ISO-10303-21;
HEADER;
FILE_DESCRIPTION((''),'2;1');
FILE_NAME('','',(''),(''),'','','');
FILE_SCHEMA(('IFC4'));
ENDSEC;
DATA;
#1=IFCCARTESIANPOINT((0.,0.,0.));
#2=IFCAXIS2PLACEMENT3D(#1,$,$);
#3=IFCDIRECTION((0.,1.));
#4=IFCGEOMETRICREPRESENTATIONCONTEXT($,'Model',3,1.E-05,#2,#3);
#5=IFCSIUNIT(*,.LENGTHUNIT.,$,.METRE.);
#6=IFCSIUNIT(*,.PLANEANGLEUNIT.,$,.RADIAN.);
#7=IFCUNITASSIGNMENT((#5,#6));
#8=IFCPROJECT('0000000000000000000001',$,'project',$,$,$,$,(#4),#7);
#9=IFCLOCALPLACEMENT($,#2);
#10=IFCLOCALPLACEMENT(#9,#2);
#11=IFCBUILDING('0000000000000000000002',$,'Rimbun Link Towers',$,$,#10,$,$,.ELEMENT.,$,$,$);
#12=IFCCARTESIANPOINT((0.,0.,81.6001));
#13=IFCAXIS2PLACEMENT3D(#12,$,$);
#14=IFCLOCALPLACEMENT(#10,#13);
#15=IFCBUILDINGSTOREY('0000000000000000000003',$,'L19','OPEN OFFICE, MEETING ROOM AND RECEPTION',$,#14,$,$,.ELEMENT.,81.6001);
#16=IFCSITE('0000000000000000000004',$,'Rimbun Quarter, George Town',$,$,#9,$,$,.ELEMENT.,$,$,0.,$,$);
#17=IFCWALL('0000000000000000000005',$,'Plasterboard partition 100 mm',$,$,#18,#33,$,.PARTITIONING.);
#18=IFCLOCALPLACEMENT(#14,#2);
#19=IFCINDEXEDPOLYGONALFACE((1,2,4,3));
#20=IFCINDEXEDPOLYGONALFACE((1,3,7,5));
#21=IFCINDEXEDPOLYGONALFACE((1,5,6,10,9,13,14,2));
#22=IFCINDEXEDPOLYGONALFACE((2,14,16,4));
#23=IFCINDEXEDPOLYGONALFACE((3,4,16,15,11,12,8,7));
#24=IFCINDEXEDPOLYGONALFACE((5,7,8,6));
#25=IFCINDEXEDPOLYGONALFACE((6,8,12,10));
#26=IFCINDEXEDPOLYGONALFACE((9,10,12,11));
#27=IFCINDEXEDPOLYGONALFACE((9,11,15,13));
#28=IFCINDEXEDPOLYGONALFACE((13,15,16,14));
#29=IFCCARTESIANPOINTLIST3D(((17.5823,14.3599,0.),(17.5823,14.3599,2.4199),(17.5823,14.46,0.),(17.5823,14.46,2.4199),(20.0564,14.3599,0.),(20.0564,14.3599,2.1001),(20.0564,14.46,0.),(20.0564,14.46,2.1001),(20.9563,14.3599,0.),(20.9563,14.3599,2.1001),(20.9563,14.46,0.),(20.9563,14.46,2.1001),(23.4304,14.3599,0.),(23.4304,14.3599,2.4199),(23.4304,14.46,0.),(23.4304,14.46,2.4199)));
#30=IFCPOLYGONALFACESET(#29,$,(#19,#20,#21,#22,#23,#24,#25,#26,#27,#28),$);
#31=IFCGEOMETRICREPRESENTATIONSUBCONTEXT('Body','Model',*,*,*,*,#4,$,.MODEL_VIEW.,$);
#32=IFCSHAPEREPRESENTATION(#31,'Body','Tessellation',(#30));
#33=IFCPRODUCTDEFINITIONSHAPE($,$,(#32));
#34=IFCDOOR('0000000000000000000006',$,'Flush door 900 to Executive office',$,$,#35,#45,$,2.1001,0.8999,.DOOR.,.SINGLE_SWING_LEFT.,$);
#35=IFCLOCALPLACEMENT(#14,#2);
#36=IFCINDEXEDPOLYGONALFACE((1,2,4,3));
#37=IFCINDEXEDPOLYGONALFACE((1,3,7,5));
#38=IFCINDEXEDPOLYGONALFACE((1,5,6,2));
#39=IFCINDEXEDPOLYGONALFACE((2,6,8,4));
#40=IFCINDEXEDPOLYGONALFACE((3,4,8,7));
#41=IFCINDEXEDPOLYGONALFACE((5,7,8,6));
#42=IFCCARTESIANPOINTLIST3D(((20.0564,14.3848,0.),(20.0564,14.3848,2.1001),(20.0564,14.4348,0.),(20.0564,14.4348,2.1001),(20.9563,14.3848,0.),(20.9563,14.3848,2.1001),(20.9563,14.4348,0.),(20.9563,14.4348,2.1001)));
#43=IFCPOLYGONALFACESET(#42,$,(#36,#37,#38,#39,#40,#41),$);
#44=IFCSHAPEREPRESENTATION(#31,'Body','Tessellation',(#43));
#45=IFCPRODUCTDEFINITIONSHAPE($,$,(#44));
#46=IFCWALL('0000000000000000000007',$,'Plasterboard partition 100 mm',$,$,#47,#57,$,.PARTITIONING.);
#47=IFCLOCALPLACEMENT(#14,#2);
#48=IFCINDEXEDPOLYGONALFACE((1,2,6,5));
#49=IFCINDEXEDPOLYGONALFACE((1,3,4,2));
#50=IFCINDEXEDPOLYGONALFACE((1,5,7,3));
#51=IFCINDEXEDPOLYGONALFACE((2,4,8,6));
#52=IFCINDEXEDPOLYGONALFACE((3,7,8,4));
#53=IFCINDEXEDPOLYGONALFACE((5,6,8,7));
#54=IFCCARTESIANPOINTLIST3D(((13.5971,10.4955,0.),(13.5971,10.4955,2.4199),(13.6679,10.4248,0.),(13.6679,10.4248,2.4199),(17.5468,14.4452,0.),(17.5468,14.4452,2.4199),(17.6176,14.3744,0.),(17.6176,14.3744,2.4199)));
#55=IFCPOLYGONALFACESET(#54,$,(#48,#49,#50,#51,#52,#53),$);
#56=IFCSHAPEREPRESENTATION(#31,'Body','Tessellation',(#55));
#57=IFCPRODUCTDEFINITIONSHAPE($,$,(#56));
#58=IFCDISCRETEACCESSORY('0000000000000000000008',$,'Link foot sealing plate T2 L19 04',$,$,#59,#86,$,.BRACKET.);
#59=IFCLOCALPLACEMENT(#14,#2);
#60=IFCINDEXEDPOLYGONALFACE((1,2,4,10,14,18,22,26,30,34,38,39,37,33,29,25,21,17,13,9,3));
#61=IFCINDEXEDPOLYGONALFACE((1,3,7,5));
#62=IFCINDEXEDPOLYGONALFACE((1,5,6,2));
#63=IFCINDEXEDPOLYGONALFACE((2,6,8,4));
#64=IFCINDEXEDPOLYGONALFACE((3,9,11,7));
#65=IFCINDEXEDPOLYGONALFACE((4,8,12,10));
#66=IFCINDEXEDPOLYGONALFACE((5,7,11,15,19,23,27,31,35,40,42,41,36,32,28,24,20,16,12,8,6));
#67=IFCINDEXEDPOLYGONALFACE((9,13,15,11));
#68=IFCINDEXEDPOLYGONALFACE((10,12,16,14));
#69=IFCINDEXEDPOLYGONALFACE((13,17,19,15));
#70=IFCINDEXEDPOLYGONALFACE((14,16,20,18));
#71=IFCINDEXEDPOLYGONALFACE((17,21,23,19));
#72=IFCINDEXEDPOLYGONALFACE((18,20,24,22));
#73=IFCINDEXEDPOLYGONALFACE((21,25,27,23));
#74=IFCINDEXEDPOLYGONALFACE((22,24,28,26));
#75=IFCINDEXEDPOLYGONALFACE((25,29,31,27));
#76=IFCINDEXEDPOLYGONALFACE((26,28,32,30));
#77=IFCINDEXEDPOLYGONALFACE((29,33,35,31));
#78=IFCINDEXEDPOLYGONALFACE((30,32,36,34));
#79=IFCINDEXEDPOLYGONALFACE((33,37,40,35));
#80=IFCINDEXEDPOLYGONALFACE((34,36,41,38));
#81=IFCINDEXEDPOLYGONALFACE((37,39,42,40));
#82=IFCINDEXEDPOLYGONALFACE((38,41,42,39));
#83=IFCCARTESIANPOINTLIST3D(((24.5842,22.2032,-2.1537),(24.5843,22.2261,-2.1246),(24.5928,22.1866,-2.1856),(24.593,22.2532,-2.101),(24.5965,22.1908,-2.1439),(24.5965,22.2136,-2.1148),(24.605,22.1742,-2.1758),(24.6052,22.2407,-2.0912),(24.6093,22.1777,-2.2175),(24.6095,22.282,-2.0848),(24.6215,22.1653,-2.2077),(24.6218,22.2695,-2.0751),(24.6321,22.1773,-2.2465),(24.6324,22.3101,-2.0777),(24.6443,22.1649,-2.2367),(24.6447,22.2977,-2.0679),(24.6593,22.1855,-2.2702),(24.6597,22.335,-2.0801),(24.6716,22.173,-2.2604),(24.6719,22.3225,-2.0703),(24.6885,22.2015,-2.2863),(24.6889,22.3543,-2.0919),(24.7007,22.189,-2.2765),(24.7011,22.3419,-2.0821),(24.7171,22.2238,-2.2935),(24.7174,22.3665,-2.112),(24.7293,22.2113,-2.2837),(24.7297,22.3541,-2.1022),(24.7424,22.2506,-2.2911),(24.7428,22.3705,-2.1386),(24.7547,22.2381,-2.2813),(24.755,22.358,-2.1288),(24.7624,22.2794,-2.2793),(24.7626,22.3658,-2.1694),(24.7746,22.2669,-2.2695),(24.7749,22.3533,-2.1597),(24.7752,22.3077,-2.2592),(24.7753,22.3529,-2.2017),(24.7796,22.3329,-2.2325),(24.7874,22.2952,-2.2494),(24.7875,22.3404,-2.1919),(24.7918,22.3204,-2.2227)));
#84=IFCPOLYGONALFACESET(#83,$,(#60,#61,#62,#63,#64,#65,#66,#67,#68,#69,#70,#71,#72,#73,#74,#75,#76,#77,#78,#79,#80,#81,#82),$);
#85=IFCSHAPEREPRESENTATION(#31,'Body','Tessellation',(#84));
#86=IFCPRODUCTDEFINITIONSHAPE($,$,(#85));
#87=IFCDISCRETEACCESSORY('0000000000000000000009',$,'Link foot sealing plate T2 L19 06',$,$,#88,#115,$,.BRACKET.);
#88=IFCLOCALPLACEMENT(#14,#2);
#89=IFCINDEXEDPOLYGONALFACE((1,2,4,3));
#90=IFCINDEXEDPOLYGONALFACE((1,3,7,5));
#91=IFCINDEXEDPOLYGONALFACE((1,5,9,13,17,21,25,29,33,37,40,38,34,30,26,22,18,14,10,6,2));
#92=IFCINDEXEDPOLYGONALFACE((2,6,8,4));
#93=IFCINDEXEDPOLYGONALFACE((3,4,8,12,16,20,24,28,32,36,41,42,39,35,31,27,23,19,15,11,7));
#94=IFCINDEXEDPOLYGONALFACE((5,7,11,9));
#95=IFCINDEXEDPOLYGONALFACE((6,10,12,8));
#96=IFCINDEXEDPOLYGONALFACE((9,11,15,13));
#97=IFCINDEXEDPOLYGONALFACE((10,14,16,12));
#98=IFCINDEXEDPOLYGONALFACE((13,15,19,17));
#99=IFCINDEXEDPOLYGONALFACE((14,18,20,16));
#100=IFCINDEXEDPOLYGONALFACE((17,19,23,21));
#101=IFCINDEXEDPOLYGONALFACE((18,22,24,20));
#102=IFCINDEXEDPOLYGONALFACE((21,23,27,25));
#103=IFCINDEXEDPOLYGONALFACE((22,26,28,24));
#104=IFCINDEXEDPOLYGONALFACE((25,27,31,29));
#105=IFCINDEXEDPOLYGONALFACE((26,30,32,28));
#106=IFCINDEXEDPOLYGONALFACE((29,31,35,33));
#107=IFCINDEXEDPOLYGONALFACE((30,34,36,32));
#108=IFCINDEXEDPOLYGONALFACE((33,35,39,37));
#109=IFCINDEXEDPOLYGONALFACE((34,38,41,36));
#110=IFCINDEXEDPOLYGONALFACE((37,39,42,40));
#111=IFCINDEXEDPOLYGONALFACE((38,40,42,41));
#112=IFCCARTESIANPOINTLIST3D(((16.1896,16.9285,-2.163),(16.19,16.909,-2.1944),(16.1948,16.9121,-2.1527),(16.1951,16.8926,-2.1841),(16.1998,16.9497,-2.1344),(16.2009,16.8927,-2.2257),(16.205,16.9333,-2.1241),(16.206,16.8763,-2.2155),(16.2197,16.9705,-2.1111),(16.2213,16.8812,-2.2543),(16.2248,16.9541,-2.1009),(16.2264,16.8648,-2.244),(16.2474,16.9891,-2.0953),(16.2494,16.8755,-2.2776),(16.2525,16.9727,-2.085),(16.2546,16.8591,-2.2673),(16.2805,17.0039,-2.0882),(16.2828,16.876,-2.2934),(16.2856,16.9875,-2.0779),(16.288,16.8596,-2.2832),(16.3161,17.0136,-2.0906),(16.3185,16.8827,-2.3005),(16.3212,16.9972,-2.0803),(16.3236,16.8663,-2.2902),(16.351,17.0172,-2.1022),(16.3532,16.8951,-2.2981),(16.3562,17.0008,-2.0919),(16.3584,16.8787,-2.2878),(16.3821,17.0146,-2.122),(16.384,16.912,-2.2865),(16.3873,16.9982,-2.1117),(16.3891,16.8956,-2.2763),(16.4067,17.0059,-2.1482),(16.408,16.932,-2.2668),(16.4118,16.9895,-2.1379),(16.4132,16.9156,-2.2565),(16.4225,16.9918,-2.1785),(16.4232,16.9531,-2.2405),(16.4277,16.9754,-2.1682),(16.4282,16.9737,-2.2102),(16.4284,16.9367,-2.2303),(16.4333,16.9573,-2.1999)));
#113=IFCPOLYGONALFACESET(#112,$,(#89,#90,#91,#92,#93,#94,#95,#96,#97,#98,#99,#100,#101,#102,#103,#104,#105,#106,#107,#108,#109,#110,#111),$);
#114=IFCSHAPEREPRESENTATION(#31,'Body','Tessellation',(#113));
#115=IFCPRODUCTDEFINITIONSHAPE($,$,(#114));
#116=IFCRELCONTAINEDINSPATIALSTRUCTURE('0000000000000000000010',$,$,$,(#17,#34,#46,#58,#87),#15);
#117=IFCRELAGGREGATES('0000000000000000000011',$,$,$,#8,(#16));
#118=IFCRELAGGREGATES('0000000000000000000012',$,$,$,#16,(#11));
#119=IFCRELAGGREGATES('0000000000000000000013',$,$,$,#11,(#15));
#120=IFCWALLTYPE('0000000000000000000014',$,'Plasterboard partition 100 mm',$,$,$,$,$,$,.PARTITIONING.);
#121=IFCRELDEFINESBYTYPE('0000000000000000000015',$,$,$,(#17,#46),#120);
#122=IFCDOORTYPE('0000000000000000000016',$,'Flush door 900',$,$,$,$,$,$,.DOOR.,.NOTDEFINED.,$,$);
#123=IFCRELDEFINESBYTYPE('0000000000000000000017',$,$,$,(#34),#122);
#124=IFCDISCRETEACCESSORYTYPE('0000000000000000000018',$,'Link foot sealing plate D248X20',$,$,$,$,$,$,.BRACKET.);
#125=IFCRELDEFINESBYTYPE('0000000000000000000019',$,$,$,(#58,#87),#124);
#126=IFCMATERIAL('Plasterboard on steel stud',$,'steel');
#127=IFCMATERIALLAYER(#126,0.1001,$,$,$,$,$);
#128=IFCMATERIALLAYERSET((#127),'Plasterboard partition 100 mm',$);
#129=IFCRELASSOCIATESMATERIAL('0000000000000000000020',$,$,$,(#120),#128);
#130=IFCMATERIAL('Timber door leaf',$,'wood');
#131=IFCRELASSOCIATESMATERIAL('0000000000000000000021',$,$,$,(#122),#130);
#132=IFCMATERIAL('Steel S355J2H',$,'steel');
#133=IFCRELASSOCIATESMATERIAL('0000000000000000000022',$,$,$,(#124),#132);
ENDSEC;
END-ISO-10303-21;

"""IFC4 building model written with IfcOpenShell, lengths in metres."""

from ifc_helpers import new_model, si_unit, direction, frame, frame_2d, origin, origin_2d, place, context, subcontext, project, spatial, rectangle, circle, extrude, material, layer, layer_set, material_profile, profile_set, type_object, element, fill, save


model = new_model("IFC4")

# Units and contexts
model_context = context("Model", 3, precision=1e-05, world=origin(), true_north=direction((0.0, 1.0)))
body_context = subcontext(model_context, "Body", "Model", "MODEL_VIEW")
ifc_project = project(units=[si_unit("LENGTHUNIT", "METRE"), si_unit("PLANEANGLEUNIT", "RADIAN")], contexts=[model_context])

# Site, building, storey
site_placement = place(None, origin())
site = spatial("IfcSite", under=ifc_project, at=site_placement, Name="Rimbun Quarter, George Town", CompositionType="ELEMENT", RefElevation=0.0)
building_placement = place(site_placement, origin())
building = spatial("IfcBuilding", under=site, at=building_placement, Name="Rimbun Link Towers", CompositionType="ELEMENT")
storey_placement = place(building_placement, frame((0.0, 0.0, 81.6001)))
storey = spatial("IfcBuildingStorey", under=building, at=storey_placement, Name="L19", Description="OPEN OFFICE, MEETING ROOM AND RECEPTION", CompositionType="ELEMENT", Elevation=81.6001)

# Wall, opening, door
ifc_material_1 = material(Name="Plasterboard on steel stud", Category="steel")
ifc_layer_1 = layer(ifc_material_1, 0.1001)
ifc_layer_set_1 = layer_set([ifc_layer_1], Name="Plasterboard partition 100 mm")
wall_type = type_object("IfcWallType", Name="Plasterboard partition 100 mm", PredefinedType="PARTITIONING", material=ifc_layer_set_1)
wall_1_placement = place(storey_placement, frame((17.5823, 14.4099, 0.0), z_axis=(0.0, 0.0, 1.0), x_axis=(1.0, 0.0, 0.0)))
wall_1 = element("IfcWall", 1, at=wall_1_placement, inside=storey, type_object=wall_type, Name="Plasterboard partition 100 mm", PredefinedType="PARTITIONING", context=body_context, shape_type="SweptSolid", body=[
    extrude(rectangle(XDim=5.8481, YDim=0.1001, at=frame_2d((2.9241, 0.0))), origin(), (0.0, 0.0, 1.0), 2.4199),
])
opening_placement = place(wall_1_placement, frame((2.4741, 0.0, 0.0)))
opening = element("IfcOpeningElement", 2, at=opening_placement, cuts=wall_1, PredefinedType="OPENING", context=body_context, shape_type="SweptSolid", body=[
    extrude(rectangle(XDim=0.8999, YDim=2.1001, at=frame_2d((0.45, 1.05))), frame((0.0, 0.0601, 0.0), z_axis=(0.0, -1.0, 0.0), x_axis=(1.0, 0.0, 0.0)), (0.0, 0.0, 1.0), 0.1201),
])
ifc_material_2 = material(Name="Timber door leaf", Category="wood")
door_type = type_object("IfcDoorType", Name="Flush door 900", OperationType="NOTDEFINED", PredefinedType="DOOR", material=ifc_material_2)
door_placement = place(opening_placement, origin())
door = element("IfcDoor", 3, at=door_placement, inside=storey, type_object=door_type, Name="Flush door 900 to Executive office", OperationType="SINGLE_SWING_LEFT", OverallHeight=2.1001, OverallWidth=0.8999, PredefinedType="DOOR", context=body_context, shape_type="SweptSolid", body=[
    extrude(rectangle(XDim=0.8999, YDim=2.1001, at=frame_2d((0.45, 1.05))), frame((0.0, 0.0249, 0.0), z_axis=(0.0, -1.0, 0.0), x_axis=(1.0, 0.0, 0.0)), (0.0, 0.0, 1.0), 0.05),
])
fill(opening, door)

# Wall
wall_2_placement = place(storey_placement, frame((17.5823, 14.4099, 0.0), z_axis=(0.0, 0.0, 1.0), x_axis=(-0.707107, -0.707107, 0.0)))
element("IfcWall", 4, at=wall_2_placement, inside=storey, type_object=wall_type, Name="Plasterboard partition 100 mm", PredefinedType="PARTITIONING", context=body_context, shape_type="SweptSolid", body=[
    extrude(rectangle(XDim=5.5857, YDim=0.1001, at=frame_2d((2.793, 0.0))), origin(), (0.0, 0.0, 1.0), 2.4199),
])

# Discrete accessories
ifc_material_3 = material(Name="Steel S355J2H", Category="steel")
ifc_material_profile_1 = material_profile(ifc_material_3, circle(Radius=0.124, at=origin_2d()), Name="PL D248")
ifc_profile_set_1 = profile_set([ifc_material_profile_1], Name="Steel S355J2H")
discrete_accessory_type = type_object("IfcDiscreteAccessoryType", Name="Link foot sealing plate D248X20", PredefinedType="BRACKET", material=ifc_profile_set_1)
for number, where, z_axis, x_axis, name in (
    (5, (24.6936, 22.261, -2.1758), (-0.610802, 0.623018, -0.488641), (-0.714073, -0.700071, 0.0), "Link foot sealing plate T2 L19 04"),
    (6, (16.3135, 16.9297, -2.1841), (-0.256671, 0.818902, -0.513342), (-0.954226, -0.299086, 0.0), "Link foot sealing plate T2 L19 06"),
):
    element("IfcDiscreteAccessory", number, at=place(storey_placement, frame(where, z_axis=z_axis, x_axis=x_axis)), inside=storey, type_object=discrete_accessory_type, Name=name, PredefinedType="BRACKET", context=body_context, shape_type="SweptSolid", body=[
        extrude(circle(Radius=0.124, at=origin_2d()), origin(), (0.0, 0.0, 1.0), 0.02),
    ])

save(model, "model.ifc")
